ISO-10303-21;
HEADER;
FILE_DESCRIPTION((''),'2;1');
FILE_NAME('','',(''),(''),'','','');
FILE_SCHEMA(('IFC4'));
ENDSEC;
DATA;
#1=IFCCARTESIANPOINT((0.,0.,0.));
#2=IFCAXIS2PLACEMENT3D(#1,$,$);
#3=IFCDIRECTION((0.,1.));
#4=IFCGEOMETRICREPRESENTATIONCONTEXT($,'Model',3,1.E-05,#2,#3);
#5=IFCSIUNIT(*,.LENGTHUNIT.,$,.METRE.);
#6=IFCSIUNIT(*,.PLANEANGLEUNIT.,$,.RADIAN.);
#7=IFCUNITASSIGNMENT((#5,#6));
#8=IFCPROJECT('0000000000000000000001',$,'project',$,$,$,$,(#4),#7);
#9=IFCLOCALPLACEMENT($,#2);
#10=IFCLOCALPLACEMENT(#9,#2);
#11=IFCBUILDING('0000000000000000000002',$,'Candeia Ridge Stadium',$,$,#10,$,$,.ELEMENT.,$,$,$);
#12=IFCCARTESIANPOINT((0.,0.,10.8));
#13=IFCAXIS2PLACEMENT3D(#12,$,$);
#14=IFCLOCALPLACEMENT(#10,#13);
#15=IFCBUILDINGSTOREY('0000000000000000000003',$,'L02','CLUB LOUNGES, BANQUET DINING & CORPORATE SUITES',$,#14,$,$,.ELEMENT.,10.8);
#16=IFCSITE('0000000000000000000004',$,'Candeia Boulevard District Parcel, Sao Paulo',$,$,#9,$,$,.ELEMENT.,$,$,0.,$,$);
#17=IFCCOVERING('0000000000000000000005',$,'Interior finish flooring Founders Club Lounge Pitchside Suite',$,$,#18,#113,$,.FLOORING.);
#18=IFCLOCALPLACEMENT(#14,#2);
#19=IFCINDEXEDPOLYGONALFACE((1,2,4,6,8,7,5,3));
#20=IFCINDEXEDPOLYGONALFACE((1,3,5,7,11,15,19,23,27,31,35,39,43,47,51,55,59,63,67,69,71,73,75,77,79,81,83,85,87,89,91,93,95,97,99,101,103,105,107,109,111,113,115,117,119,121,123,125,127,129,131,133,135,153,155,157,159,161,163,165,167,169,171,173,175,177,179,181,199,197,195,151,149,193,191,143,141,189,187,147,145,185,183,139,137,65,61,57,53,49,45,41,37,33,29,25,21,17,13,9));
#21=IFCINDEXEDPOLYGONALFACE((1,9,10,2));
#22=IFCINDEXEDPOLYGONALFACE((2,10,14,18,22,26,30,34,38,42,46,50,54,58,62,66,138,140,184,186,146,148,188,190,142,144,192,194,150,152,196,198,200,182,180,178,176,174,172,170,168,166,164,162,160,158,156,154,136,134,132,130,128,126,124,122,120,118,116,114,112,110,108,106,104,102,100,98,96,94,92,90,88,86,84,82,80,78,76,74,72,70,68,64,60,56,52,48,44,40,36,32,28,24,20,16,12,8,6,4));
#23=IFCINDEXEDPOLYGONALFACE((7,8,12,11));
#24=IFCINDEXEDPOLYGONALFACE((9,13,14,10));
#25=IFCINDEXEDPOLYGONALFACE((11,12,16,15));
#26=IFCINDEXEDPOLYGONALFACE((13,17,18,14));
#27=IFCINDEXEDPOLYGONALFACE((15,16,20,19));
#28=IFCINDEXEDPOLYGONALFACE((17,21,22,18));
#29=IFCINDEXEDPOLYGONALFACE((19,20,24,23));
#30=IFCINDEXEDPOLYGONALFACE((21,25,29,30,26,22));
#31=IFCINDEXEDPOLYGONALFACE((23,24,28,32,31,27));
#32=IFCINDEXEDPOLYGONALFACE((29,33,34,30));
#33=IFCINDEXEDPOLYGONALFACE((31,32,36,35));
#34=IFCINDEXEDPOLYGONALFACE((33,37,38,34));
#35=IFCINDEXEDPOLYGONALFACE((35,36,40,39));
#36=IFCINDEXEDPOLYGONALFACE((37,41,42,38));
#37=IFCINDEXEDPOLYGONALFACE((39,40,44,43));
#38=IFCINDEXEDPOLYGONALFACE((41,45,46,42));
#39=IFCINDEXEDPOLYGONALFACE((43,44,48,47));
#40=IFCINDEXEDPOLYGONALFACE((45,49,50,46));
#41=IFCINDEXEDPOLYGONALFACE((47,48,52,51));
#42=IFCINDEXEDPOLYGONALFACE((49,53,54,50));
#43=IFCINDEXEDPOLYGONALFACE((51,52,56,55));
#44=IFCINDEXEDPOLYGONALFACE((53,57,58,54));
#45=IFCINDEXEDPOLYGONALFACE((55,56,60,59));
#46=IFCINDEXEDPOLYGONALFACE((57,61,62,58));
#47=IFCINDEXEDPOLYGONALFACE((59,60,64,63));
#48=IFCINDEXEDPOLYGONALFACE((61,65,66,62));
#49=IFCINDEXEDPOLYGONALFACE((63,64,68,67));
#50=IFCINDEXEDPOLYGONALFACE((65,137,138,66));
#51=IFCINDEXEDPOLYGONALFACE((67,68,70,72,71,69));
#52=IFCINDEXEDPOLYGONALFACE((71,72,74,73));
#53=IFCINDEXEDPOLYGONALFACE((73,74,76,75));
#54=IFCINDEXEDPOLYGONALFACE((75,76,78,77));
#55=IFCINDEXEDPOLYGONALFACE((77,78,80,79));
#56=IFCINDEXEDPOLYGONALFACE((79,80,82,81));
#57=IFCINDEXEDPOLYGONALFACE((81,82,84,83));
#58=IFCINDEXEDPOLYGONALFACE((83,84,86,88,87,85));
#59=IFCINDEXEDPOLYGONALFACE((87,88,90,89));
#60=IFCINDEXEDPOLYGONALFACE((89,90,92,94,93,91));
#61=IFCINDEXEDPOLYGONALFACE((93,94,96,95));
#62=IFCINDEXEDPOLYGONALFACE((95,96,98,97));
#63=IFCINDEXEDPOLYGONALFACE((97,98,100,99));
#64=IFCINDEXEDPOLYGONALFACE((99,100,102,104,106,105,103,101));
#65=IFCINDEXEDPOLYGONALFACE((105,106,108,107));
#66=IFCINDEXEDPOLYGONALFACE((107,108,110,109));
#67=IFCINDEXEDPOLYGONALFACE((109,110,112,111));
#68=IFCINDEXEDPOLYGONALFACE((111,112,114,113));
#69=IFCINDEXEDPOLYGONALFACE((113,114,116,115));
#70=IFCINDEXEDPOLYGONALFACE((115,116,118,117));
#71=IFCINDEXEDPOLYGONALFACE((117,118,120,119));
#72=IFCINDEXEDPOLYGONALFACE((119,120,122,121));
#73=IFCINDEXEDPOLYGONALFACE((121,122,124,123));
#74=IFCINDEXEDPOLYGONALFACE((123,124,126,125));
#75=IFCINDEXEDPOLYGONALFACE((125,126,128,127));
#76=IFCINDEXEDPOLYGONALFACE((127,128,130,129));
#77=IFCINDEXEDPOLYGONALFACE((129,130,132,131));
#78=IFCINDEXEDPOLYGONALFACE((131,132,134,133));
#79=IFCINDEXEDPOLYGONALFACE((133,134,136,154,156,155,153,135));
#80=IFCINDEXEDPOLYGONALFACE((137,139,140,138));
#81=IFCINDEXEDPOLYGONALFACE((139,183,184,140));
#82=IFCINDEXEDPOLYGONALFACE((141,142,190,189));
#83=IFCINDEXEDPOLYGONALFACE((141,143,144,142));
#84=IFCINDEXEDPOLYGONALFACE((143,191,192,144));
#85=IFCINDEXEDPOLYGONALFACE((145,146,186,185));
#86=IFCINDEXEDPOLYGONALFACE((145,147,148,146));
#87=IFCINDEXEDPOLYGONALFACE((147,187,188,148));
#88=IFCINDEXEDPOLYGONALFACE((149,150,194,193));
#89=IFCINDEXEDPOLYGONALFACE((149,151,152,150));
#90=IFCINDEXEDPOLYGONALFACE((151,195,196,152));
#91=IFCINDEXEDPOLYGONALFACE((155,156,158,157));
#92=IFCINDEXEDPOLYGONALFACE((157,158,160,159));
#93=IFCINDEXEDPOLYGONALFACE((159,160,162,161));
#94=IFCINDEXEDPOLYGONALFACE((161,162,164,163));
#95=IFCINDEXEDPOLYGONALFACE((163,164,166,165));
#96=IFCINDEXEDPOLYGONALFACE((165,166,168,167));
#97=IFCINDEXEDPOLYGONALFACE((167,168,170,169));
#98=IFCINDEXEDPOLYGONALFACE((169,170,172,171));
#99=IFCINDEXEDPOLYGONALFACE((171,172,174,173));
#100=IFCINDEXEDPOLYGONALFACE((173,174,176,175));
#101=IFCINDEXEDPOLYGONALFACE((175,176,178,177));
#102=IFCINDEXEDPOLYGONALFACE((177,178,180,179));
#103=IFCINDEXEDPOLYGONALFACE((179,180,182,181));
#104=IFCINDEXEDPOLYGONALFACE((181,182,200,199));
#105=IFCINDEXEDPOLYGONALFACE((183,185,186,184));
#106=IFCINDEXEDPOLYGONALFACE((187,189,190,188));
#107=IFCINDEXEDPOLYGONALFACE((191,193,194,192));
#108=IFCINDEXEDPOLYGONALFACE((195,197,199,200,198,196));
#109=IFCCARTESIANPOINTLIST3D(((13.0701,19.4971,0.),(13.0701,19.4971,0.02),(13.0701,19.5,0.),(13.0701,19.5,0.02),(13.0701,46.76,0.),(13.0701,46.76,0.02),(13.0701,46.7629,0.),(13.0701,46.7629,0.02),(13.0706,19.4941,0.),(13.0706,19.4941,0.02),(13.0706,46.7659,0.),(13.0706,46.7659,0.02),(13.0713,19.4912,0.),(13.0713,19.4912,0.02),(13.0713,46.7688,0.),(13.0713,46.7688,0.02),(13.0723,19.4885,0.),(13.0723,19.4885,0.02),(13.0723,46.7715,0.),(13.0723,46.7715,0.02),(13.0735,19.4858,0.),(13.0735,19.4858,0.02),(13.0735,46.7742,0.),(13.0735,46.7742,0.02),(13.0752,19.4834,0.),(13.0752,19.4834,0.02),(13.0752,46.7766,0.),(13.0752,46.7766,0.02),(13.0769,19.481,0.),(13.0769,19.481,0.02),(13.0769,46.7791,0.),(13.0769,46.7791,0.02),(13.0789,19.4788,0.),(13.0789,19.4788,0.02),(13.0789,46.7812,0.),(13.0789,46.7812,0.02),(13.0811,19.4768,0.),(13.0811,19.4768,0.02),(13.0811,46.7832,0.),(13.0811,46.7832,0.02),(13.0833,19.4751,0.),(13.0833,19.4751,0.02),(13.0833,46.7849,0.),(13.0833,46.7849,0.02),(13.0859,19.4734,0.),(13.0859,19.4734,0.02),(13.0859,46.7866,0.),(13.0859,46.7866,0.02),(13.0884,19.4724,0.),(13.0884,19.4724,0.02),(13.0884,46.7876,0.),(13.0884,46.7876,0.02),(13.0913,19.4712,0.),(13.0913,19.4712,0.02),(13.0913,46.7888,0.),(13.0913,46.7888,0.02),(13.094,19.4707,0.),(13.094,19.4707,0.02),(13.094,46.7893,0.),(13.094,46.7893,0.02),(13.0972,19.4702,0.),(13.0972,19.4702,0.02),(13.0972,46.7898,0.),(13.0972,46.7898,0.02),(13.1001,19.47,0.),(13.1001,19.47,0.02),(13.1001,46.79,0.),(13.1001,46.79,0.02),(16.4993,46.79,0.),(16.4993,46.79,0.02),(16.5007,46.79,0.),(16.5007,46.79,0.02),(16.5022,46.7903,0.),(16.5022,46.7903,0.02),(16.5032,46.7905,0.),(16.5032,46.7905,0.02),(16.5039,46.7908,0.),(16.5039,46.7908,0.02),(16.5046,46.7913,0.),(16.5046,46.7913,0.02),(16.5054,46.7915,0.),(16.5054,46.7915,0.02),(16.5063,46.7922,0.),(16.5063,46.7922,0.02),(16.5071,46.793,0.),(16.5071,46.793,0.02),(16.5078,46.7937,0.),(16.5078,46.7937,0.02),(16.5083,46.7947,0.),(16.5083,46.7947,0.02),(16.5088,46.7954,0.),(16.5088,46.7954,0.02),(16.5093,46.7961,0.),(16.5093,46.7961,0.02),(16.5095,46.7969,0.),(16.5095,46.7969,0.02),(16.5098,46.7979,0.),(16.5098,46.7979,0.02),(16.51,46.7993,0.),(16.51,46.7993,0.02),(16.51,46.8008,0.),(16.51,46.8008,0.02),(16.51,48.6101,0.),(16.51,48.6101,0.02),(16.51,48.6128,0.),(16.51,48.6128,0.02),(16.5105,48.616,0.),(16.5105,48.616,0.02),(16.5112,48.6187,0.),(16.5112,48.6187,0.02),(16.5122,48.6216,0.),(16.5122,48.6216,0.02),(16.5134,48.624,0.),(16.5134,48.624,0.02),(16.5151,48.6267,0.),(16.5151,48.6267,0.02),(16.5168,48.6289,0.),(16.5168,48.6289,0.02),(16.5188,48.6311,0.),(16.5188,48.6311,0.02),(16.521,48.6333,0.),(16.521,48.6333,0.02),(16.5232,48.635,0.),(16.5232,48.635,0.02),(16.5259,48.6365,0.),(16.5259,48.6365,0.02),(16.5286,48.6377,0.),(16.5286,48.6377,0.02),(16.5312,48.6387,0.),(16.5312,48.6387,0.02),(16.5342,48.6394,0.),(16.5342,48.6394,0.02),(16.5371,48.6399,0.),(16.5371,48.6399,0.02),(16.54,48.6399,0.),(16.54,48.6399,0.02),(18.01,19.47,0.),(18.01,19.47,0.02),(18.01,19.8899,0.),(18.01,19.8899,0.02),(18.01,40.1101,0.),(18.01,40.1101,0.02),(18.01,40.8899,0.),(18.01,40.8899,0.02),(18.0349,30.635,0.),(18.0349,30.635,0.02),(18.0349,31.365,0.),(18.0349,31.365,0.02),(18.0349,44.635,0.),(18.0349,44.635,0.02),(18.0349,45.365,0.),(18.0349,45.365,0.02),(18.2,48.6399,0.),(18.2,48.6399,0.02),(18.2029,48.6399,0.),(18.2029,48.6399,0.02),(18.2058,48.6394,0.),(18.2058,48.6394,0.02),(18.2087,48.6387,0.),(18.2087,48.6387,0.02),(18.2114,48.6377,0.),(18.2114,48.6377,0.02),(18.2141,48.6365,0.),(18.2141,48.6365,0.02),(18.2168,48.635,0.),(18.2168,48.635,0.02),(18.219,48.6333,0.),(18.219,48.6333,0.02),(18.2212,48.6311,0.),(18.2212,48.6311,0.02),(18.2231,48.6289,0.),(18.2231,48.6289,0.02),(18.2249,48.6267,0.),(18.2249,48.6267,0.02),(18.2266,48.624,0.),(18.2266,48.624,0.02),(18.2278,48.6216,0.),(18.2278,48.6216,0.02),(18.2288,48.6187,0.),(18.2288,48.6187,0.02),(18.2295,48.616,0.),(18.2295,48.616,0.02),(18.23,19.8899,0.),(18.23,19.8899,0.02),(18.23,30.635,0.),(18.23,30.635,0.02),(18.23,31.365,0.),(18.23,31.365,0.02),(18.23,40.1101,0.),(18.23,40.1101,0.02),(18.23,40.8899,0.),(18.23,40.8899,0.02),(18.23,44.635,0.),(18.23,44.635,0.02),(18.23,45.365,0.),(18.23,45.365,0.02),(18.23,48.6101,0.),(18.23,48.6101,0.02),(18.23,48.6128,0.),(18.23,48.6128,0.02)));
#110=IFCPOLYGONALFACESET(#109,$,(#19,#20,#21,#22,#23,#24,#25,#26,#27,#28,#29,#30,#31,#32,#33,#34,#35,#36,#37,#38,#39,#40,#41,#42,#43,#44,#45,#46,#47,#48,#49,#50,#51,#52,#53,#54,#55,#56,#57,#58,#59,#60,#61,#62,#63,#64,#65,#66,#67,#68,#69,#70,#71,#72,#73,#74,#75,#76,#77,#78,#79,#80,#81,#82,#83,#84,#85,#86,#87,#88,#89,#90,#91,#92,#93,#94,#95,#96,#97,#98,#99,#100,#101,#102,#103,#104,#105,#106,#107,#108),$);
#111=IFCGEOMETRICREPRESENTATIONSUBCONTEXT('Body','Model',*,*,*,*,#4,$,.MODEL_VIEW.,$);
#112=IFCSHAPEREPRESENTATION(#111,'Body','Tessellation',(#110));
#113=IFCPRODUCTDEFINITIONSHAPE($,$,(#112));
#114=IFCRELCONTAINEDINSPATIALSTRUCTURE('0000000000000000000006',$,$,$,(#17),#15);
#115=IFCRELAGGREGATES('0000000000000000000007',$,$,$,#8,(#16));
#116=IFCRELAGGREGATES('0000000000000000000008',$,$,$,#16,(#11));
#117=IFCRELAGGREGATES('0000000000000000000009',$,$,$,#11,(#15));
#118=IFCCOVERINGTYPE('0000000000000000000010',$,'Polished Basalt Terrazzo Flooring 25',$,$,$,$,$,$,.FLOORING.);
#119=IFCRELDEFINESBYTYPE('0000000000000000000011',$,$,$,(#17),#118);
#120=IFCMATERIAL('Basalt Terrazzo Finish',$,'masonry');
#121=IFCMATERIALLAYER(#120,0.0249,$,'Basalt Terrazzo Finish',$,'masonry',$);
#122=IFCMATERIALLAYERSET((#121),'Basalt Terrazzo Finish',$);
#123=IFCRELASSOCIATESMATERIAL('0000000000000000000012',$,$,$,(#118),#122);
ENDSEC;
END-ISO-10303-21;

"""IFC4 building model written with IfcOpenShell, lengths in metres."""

from ifc_helpers import new_model, si_unit, direction, frame, origin, place, context, subcontext, project, spatial, polyline, outline, extrude, material, layer, layer_set, type_object, element, save


model = new_model("IFC4")

# Units and contexts
model_context = context("Model", 3, precision=1e-05, world=origin(), true_north=direction((0.0, 1.0)))
body_context = subcontext(model_context, "Body", "Model", "MODEL_VIEW")
ifc_project = project(units=[si_unit("LENGTHUNIT", "METRE"), si_unit("PLANEANGLEUNIT", "RADIAN")], contexts=[model_context])

# Site, building, storey
site_placement = place(None, origin())
site = spatial("IfcSite", under=ifc_project, at=site_placement, Name="Candeia Boulevard District Parcel, Sao Paulo", CompositionType="ELEMENT", RefElevation=0.0)
building_placement = place(site_placement, origin())
building = spatial("IfcBuilding", under=site, at=building_placement, Name="Candeia Ridge Stadium", CompositionType="ELEMENT")
storey_placement = place(building_placement, frame((0.0, 0.0, 10.8)))
storey = spatial("IfcBuildingStorey", under=building, at=storey_placement, Name="L02", Description="CLUB LOUNGES, BANQUET DINING & CORPORATE SUITES", CompositionType="ELEMENT", Elevation=10.8)

# Covering
ifc_material_1 = material(Name="Basalt Terrazzo Finish", Category="masonry")
ifc_layer_1 = layer(ifc_material_1, 0.0249, Name="Basalt Terrazzo Finish", Category="masonry")
ifc_layer_set_1 = layer_set([ifc_layer_1], Name="Basalt Terrazzo Finish")
covering_type_1 = type_object("IfcCoveringType", Name="Polished Basalt Terrazzo Flooring 25", PredefinedType="FLOORING", material=ifc_layer_set_1)
covering_1_placement = place(storey_placement, origin())
element("IfcCovering", 1, at=covering_1_placement, inside=storey, type_object=covering_type_1, Name="Interior finish flooring Founders Club Lounge Pitchside Suite", PredefinedType="FLOORING", context=body_context, shape_type="SweptSolid", body=[
    extrude(outline(polyline([(13.0972, 19.4702), (13.094, 19.4707), (13.0913, 19.4712), (13.0884, 19.4724), (13.0859, 19.4734), (13.0833, 19.4751), (13.0811, 19.4768), (13.0789, 19.4788), (13.0769, 19.481), (13.0752, 19.4834), (13.0735, 19.4858), (13.0723, 19.4885), (13.0713, 19.4912), (13.0706, 19.4941), (13.0701, 19.4971), (13.0701, 19.5), (13.0701, 46.76), (13.0701, 46.7629), (13.0706, 46.7659), (13.0713, 46.7688), (13.0723, 46.7715), (13.0735, 46.7742), (13.0752, 46.7766), (13.0769, 46.7791), (13.0789, 46.7812), (13.0811, 46.7832), (13.0833, 46.7849), (13.0859, 46.7866), (13.0884, 46.7876), (13.0913, 46.7888), (13.094, 46.7893), (13.0972, 46.7898), (13.1001, 46.79), (16.4993, 46.79), (16.5007, 46.79), (16.5022, 46.7903), (16.5032, 46.7905), (16.5039, 46.7908), (16.5046, 46.7913), (16.5054, 46.7915), (16.5063, 46.7922), (16.5071, 46.793), (16.5078, 46.7937), (16.5083, 46.7947), (16.5088, 46.7954), (16.5093, 46.7961), (16.5095, 46.7969), (16.5098, 46.7979), (16.51, 46.7993), (16.51, 46.8008), (16.51, 48.6101), (16.51, 48.6128), (16.5105, 48.616), (16.5112, 48.6187), (16.5122, 48.6216), (16.5134, 48.624), (16.5151, 48.6267), (16.5168, 48.6289), (16.5188, 48.6311), (16.521, 48.6333), (16.5232, 48.635), (16.5259, 48.6365), (16.5286, 48.6377), (16.5312, 48.6387), (16.5342, 48.6394), (16.5371, 48.6399), (16.54, 48.6399), (18.2, 48.6399), (18.2029, 48.6399), (18.2058, 48.6394), (18.2087, 48.6387), (18.2114, 48.6377), (18.2141, 48.6365), (18.2168, 48.635), (18.219, 48.6333), (18.2212, 48.6311), (18.2231, 48.6289), (18.2249, 48.6267), (18.2266, 48.624), (18.2278, 48.6216), (18.2288, 48.6187), (18.2295, 48.616), (18.23, 48.6128), (18.23, 48.6101), (18.23, 45.365), (18.0349, 45.365), (18.0349, 44.635), (18.23, 44.635), (18.23, 40.8899), (18.01, 40.8899), (18.01, 40.1101), (18.23, 40.1101), (18.23, 31.365), (18.0349, 31.365), (18.0349, 30.635), (18.23, 30.635), (18.23, 19.8899), (18.01, 19.8899), (18.01, 19.47), (13.1001, 19.47), (13.0972, 19.4702)])), origin(), (0.0, 0.0, 1.0), 0.02),
])

save(model, "model.ifc")
